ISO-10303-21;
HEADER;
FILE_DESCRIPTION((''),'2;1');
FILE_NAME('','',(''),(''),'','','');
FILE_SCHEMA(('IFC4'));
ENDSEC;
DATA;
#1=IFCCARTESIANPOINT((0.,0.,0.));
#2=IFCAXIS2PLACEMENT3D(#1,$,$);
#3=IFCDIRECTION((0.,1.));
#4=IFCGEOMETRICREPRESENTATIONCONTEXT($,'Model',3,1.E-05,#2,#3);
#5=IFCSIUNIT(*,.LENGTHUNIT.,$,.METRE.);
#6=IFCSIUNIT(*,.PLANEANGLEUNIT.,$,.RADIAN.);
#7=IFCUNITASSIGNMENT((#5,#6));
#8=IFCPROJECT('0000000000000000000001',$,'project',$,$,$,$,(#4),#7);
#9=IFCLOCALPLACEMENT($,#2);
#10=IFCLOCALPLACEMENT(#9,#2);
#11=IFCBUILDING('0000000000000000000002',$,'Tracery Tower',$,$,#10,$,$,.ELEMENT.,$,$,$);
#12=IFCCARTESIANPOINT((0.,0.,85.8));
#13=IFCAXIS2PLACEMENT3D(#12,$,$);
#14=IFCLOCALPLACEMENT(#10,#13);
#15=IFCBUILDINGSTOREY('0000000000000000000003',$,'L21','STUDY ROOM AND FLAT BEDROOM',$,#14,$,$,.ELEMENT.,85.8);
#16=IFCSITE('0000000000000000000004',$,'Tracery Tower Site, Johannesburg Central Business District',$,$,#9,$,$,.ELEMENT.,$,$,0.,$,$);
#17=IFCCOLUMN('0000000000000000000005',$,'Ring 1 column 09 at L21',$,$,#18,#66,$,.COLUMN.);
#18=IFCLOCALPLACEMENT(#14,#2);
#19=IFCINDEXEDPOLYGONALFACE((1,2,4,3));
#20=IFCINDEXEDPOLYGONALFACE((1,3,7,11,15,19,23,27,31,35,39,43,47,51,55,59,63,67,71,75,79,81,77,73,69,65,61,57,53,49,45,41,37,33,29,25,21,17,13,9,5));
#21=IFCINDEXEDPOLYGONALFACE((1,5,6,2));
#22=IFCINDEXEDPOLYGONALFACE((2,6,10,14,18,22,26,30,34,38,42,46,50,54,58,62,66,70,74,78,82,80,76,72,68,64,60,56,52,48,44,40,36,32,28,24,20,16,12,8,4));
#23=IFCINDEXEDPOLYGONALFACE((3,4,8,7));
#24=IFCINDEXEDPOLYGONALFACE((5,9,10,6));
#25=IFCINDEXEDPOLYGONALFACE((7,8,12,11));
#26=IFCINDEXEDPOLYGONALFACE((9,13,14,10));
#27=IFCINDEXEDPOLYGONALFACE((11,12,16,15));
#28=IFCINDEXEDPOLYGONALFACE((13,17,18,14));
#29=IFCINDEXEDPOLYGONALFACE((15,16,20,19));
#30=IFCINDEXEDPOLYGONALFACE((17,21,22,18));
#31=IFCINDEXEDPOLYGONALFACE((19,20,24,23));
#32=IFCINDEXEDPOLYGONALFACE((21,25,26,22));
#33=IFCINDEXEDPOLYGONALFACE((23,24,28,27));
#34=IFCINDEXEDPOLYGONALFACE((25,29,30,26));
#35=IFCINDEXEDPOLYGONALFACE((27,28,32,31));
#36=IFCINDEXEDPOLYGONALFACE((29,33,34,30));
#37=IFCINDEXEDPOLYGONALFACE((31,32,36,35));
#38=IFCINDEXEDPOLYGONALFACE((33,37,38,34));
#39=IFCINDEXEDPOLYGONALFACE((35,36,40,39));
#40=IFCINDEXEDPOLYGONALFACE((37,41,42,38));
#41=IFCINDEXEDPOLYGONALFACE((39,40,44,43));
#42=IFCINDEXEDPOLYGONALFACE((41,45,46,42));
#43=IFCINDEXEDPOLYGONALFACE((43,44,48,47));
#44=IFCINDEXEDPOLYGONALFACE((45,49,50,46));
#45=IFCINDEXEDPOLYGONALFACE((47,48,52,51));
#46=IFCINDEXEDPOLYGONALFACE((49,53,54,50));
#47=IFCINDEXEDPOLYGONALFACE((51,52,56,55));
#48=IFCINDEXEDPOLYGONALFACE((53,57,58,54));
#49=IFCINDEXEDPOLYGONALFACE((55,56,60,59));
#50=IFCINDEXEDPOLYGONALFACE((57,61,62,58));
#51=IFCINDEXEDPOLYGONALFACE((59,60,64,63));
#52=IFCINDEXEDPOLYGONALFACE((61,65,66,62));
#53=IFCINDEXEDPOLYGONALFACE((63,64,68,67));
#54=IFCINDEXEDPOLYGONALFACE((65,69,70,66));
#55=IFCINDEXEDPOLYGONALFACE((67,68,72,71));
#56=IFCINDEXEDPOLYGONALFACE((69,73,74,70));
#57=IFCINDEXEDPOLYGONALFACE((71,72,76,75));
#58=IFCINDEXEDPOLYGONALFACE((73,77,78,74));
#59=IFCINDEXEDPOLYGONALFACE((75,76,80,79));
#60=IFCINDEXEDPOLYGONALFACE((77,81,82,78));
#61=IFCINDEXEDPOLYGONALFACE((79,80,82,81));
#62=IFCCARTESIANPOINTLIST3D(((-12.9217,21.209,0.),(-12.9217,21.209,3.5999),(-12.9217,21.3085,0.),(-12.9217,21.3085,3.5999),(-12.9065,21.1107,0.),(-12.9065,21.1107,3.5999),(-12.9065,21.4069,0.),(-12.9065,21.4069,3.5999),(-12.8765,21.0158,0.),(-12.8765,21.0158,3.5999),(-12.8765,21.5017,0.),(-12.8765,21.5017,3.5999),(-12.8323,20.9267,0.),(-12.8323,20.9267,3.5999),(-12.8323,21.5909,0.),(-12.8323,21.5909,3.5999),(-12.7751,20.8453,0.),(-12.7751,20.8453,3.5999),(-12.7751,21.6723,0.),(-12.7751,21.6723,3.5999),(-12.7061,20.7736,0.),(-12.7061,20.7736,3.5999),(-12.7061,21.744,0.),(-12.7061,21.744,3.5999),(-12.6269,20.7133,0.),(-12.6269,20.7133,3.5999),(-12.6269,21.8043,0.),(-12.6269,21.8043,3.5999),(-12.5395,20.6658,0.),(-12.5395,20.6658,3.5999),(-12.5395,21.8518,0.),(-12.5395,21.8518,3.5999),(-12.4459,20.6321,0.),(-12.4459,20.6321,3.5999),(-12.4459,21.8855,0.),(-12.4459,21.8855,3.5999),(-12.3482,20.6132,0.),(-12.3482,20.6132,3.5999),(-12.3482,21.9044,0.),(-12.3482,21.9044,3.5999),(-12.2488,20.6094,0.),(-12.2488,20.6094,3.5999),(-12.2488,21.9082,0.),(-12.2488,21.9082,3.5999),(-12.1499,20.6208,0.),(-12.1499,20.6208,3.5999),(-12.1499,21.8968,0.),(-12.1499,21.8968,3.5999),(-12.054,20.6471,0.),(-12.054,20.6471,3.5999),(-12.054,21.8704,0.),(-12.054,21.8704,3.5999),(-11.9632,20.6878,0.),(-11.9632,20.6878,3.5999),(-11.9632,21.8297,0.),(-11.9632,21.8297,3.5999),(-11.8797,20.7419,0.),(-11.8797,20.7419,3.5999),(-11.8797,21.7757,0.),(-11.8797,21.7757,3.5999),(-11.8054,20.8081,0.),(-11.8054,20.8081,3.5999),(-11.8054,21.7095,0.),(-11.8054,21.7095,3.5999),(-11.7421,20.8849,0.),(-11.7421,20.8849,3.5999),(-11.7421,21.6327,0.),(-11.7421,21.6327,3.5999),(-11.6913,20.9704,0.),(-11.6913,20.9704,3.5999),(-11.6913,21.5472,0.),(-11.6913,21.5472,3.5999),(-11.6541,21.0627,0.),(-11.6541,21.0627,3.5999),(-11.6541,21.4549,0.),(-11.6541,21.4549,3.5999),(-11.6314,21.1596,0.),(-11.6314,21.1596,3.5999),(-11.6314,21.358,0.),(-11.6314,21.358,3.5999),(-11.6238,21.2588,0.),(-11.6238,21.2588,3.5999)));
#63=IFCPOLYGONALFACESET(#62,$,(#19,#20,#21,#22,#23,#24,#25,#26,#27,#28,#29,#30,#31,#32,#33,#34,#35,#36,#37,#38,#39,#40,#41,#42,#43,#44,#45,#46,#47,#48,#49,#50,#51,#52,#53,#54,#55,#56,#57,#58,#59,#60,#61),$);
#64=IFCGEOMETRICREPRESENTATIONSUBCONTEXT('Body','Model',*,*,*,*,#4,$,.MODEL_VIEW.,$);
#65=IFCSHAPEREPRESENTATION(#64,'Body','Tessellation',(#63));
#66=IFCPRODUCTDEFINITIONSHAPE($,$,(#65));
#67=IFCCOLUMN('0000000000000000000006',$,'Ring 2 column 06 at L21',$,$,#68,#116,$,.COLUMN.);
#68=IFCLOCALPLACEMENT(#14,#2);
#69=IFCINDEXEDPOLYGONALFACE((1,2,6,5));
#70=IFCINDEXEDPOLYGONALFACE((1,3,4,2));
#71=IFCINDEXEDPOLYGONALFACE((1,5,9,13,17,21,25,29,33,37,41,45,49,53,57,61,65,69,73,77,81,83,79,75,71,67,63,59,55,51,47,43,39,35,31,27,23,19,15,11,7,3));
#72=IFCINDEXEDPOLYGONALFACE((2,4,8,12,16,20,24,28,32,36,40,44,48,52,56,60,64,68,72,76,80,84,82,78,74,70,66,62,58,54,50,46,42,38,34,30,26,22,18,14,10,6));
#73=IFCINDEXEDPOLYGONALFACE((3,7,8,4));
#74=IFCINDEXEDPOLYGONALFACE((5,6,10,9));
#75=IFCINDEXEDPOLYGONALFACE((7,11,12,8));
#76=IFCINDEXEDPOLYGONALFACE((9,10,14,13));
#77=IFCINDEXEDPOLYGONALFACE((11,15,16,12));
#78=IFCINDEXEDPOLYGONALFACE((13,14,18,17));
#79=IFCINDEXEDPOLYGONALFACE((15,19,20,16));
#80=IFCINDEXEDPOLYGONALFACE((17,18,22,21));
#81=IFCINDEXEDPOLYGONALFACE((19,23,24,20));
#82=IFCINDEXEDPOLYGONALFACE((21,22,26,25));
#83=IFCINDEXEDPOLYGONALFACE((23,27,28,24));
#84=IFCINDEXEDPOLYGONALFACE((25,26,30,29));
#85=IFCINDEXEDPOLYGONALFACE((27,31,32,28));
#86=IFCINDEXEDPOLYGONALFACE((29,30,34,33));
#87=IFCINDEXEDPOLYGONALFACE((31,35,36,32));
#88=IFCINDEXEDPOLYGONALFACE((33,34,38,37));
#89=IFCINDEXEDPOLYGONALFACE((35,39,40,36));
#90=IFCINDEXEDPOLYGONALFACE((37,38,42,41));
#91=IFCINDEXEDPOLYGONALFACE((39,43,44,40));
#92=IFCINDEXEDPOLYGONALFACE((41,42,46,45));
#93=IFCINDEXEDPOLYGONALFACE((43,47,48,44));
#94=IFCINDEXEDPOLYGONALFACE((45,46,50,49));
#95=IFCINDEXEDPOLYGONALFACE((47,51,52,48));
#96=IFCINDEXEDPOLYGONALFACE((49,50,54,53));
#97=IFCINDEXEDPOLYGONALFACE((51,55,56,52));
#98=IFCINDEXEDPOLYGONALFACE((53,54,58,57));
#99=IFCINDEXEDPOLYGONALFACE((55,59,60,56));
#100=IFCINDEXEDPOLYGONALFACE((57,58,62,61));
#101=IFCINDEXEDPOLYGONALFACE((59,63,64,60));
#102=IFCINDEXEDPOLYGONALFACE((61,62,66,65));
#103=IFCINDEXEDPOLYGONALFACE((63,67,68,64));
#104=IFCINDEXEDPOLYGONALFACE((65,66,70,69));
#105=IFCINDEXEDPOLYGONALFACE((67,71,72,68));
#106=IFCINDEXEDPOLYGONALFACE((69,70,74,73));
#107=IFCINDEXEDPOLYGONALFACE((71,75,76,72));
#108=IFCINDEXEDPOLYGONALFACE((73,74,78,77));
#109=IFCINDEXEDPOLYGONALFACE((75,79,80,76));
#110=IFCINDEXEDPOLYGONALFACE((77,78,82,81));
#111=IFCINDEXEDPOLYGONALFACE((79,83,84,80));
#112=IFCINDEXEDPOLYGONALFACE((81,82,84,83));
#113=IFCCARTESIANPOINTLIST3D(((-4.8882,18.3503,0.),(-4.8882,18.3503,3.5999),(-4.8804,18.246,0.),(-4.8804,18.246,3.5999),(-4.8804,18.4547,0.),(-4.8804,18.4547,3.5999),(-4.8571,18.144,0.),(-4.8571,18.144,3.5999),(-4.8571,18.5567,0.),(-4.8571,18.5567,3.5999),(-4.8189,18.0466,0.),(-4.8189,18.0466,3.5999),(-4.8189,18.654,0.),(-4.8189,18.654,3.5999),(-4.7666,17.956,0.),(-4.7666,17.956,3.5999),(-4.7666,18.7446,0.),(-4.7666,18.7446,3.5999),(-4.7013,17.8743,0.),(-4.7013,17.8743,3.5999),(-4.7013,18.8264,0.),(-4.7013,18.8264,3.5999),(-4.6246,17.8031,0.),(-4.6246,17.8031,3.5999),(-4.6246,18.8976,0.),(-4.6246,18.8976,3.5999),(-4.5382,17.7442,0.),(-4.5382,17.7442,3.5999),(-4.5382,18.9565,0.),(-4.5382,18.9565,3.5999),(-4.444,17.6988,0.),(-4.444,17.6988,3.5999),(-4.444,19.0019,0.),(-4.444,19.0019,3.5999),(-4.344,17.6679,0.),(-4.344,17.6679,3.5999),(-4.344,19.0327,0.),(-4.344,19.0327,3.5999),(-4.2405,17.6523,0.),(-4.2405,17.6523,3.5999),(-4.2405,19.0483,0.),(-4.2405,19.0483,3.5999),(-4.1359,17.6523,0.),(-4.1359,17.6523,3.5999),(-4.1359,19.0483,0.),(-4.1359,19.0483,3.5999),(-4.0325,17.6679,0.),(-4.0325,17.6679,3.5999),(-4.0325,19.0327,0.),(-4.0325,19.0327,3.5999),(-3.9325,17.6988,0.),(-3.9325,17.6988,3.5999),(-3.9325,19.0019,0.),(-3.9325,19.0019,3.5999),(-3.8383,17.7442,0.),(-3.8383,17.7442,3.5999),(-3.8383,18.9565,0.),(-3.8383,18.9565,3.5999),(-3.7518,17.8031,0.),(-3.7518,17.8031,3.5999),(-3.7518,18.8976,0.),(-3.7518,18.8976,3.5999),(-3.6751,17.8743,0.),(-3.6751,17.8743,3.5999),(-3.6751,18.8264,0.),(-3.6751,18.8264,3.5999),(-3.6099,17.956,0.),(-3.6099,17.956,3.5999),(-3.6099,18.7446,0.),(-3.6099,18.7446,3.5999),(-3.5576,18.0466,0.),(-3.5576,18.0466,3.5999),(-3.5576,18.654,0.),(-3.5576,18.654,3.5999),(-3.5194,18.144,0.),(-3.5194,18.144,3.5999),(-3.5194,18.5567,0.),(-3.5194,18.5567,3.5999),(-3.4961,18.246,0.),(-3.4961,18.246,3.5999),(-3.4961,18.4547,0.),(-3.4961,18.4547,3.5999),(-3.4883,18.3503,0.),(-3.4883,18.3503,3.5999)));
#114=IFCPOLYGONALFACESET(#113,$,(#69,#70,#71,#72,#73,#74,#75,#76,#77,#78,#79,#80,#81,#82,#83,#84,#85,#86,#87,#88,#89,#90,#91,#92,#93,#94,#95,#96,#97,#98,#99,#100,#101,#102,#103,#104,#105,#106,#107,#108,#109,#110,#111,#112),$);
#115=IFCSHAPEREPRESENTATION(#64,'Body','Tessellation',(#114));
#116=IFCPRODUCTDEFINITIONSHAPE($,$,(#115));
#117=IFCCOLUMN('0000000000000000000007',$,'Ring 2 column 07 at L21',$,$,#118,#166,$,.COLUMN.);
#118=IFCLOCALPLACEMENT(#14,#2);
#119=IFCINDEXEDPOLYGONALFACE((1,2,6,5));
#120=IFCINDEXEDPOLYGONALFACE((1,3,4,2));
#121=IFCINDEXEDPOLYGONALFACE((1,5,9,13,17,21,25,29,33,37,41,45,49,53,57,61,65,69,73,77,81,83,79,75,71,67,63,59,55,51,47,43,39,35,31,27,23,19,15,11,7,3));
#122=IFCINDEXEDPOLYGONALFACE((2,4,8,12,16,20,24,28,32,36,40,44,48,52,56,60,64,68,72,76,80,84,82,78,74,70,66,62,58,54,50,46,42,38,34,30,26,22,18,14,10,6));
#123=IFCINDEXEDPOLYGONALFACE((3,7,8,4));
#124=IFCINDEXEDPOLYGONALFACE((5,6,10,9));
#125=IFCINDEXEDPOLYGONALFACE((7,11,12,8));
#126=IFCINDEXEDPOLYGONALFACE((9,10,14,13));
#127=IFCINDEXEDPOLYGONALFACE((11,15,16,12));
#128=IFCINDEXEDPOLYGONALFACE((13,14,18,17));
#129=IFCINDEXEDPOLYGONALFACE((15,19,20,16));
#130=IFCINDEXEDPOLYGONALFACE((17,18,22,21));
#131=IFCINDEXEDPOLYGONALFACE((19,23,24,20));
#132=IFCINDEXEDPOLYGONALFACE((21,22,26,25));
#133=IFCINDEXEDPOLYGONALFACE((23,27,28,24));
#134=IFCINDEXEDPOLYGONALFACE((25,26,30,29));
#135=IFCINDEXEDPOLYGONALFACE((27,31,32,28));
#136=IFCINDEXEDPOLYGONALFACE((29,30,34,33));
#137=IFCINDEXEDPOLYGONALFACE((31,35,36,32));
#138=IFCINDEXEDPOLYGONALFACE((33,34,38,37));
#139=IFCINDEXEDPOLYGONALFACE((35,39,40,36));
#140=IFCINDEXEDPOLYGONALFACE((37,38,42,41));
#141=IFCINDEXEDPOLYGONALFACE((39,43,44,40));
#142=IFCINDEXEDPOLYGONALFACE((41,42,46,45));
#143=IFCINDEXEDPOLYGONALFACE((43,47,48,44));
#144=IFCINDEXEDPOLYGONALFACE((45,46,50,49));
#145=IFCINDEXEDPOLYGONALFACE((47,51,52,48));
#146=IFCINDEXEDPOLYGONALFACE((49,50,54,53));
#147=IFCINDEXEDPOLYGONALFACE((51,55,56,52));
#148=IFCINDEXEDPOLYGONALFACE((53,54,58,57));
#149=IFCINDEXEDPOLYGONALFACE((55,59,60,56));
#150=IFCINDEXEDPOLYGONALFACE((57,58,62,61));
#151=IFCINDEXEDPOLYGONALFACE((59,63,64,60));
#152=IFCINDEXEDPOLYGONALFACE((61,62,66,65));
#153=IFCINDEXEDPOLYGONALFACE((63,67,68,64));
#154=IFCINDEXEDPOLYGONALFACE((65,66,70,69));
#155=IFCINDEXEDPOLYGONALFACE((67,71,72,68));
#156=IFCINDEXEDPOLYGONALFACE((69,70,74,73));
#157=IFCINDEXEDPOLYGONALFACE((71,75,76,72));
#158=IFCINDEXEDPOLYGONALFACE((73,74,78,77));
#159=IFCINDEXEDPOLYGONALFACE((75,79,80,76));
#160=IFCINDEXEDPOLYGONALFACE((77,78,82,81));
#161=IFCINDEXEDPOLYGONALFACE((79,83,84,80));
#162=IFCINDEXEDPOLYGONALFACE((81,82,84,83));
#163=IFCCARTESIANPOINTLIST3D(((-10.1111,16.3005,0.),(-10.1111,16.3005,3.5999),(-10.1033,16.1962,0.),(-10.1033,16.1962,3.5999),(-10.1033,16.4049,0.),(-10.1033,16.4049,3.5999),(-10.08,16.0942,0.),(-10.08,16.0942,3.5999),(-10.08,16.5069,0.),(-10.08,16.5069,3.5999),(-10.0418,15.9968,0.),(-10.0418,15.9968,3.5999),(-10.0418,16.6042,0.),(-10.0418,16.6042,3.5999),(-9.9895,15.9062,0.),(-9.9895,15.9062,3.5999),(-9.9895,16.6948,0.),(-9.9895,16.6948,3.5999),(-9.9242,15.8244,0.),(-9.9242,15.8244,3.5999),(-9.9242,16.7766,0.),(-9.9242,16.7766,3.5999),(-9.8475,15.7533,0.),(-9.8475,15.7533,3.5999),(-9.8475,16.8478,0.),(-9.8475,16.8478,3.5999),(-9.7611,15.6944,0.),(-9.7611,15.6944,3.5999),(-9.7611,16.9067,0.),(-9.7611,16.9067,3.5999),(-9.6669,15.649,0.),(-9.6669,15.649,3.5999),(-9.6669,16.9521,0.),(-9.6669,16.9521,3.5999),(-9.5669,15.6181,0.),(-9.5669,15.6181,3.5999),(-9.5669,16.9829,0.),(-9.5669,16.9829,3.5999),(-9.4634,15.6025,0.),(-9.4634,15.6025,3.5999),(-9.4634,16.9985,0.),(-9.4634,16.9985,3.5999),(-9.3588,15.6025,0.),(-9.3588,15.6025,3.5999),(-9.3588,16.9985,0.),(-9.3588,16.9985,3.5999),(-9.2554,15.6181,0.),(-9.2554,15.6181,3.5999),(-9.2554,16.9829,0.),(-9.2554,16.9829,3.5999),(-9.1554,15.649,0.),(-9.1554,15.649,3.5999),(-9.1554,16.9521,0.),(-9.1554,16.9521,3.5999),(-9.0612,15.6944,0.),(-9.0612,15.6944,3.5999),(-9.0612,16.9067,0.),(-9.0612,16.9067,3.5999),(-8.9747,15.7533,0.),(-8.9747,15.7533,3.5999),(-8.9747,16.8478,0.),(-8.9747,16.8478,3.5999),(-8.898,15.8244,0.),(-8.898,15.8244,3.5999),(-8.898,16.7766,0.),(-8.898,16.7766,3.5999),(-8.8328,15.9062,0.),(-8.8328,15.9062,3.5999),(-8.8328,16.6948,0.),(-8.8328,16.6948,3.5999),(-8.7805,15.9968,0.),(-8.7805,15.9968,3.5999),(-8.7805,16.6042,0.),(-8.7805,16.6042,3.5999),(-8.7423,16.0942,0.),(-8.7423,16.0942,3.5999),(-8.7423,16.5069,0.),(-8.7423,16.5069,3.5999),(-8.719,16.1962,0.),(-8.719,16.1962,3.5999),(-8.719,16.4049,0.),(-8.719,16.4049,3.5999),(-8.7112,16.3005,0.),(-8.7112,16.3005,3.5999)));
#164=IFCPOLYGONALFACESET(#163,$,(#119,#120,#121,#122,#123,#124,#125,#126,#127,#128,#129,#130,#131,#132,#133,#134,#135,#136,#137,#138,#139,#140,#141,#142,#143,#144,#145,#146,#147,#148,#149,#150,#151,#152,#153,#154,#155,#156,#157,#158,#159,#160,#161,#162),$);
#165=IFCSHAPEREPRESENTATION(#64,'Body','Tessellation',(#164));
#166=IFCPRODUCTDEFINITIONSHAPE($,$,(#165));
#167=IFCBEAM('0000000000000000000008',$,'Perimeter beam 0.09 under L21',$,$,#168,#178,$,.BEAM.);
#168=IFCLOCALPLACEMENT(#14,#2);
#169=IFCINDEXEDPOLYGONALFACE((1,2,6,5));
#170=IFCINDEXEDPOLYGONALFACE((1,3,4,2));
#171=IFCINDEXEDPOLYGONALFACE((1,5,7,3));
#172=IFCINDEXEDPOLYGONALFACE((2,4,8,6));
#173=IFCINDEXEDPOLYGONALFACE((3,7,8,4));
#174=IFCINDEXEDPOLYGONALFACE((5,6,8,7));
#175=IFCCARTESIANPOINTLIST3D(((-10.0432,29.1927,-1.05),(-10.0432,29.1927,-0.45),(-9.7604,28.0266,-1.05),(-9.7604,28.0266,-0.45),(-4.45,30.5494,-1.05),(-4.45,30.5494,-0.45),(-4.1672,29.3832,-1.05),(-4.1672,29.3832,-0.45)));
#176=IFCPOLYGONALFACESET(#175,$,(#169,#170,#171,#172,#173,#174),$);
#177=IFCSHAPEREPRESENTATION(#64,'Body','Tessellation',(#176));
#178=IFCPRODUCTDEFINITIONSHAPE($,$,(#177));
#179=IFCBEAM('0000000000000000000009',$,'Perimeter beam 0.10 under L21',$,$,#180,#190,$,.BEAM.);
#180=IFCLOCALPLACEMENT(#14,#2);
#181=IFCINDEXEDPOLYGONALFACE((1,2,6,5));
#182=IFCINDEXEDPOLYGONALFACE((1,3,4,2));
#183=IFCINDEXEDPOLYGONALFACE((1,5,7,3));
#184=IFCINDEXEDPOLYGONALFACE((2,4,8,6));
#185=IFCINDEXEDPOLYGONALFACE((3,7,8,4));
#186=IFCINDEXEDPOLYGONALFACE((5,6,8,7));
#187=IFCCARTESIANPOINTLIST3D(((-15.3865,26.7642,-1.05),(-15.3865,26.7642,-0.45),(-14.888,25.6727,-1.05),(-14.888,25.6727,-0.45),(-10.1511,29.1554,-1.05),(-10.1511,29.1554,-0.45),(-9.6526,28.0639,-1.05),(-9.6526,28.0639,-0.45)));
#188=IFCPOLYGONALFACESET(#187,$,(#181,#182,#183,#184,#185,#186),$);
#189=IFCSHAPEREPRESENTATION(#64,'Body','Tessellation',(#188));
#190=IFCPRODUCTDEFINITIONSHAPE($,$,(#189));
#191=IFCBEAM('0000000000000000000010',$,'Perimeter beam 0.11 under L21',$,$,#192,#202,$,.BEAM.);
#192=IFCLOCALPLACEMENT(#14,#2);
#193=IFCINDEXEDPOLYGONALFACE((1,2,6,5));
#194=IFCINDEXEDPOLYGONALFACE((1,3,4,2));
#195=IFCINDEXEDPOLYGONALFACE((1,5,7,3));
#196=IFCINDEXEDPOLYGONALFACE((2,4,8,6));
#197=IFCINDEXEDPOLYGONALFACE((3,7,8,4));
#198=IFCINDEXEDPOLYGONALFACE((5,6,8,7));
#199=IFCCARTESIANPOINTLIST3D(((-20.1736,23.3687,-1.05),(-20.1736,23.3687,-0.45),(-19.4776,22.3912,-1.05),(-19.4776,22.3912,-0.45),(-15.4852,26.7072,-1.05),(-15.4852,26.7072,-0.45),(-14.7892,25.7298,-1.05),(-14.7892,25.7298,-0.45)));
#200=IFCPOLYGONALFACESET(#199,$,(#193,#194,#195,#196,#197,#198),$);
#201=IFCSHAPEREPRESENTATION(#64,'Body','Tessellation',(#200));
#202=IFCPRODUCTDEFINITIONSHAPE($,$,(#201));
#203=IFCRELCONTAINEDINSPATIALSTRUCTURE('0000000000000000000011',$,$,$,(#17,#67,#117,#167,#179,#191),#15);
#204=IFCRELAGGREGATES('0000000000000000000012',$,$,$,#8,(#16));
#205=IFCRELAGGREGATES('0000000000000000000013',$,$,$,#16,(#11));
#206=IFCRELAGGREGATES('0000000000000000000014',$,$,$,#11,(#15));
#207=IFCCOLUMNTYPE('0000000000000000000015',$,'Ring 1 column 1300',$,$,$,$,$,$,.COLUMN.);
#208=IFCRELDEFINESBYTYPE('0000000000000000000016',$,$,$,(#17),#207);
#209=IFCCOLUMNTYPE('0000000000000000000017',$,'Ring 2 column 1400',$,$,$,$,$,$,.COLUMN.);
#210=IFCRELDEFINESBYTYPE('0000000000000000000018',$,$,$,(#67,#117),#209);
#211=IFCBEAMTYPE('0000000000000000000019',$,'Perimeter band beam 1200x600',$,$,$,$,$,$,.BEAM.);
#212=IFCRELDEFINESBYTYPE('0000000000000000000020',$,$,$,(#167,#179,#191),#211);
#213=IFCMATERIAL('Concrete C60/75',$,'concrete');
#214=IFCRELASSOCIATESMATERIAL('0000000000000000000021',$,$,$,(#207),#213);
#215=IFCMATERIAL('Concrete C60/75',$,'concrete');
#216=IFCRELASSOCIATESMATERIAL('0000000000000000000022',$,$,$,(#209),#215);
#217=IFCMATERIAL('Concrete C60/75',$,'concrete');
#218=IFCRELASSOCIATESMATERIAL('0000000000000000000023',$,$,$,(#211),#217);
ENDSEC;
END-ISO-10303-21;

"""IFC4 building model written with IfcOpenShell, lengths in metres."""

from ifc_helpers import new_model, si_unit, direction, frame, origin, origin_2d, place, context, subcontext, project, spatial, rectangle, circle, extrude, material, material_profile, profile_set, type_object, element, save


model = new_model("IFC4")

# Units and contexts
model_context = context("Model", 3, precision=1e-05, world=origin(), true_north=direction((0.0, 1.0)))
body_context = subcontext(model_context, "Body", "Model", "MODEL_VIEW")
ifc_project = project(units=[si_unit("LENGTHUNIT", "METRE"), si_unit("PLANEANGLEUNIT", "RADIAN")], contexts=[model_context])

# Site, building, storey
site_placement = place(None, origin())
site = spatial("IfcSite", under=ifc_project, at=site_placement, Name="Tracery Tower Site, Johannesburg Central Business District", CompositionType="ELEMENT", RefElevation=0.0)
building_placement = place(site_placement, origin())
building = spatial("IfcBuilding", under=site, at=building_placement, Name="Tracery Tower", CompositionType="ELEMENT")
storey_placement = place(building_placement, frame((0.0, 0.0, 85.8)))
storey = spatial("IfcBuildingStorey", under=building, at=storey_placement, Name="L21", Description="STUDY ROOM AND FLAT BEDROOM", CompositionType="ELEMENT", Elevation=85.8)

# Columns
ifc_material_1 = material(Name="Concrete C60/75", Category="concrete")
ifc_material_profile_1 = material_profile(ifc_material_1, circle(Radius=0.6499, at=origin_2d()), Name="RC D1300")
ifc_profile_set_1 = profile_set([ifc_material_profile_1], Name="Concrete C60/75")
column_type_1 = type_object("IfcColumnType", Name="Ring 1 column 1300", PredefinedType="COLUMN", material=ifc_profile_set_1)
for number, where, z_axis, x_axis, name in (
    (1, (-12.2737, 21.2588, 0.0), (0.0, 0.0, 1.0), (1.0, 0.0, 0.0), "Ring 1 column 09 at L21"),
):
    element("IfcColumn", number, at=place(storey_placement, frame(where, z_axis=z_axis, x_axis=x_axis)), inside=storey, type_object=column_type_1, Name=name, PredefinedType="COLUMN", context=body_context, shape_type="SweptSolid", body=[
        extrude(circle(Radius=0.6499, at=origin_2d()), origin(), (0.0, 0.0, 1.0), 3.5999),
    ])
ifc_material_2 = material(Name="Concrete C60/75", Category="concrete")
ifc_material_profile_2 = material_profile(ifc_material_2, circle(Radius=0.7, at=origin_2d()), Name="RC D1400")
ifc_profile_set_2 = profile_set([ifc_material_profile_2], Name="Concrete C60/75")
column_type_2 = type_object("IfcColumnType", Name="Ring 2 column 1400", PredefinedType="COLUMN", material=ifc_profile_set_2)
for number, where, z_axis, x_axis, name in (
    (2, (-4.1882, 18.3503, 0.0), (0.0, 0.0, 1.0), (1.0, 0.0, 0.0), "Ring 2 column 06 at L21"),
    (3, (-9.4111, 16.3005, 0.0), (0.0, 0.0, 1.0), (1.0, 0.0, 0.0), "Ring 2 column 07 at L21"),
):
    element("IfcColumn", number, at=place(storey_placement, frame(where, z_axis=z_axis, x_axis=x_axis)), inside=storey, type_object=column_type_2, Name=name, PredefinedType="COLUMN", context=body_context, shape_type="SweptSolid", body=[
        extrude(circle(Radius=0.7, at=origin_2d()), origin(), (0.0, 0.0, 1.0), 3.5999),
    ])

# Beams
ifc_material_3 = material(Name="Concrete C60/75", Category="concrete")
ifc_material_profile_3 = material_profile(ifc_material_3, rectangle(XDim=1.2, YDim=0.6001, at=origin_2d()), Name="RC 1200x600")
ifc_profile_set_3 = profile_set([ifc_material_profile_3], Name="Concrete C60/75")
beam_type = type_object("IfcBeamType", Name="Perimeter band beam 1200x600", PredefinedType="BEAM", material=ifc_profile_set_3)
beam_placement = place(storey_placement, frame((-4.3086, 29.9663, -0.75), z_axis=(-0.97182, -0.235723, 0.0), x_axis=(0.235723, -0.97182, 0.0)))
element("IfcBeam", 4, at=beam_placement, inside=storey, type_object=beam_type, Name="Perimeter beam 0.09 under L21", PredefinedType="BEAM", context=body_context, shape_type="SweptSolid", body=[
    extrude(rectangle(XDim=1.2, YDim=0.6001, at=origin_2d()), origin(), (0.0, 0.0, 1.0), 5.7554),
])
for number, where, z_axis, x_axis, name in (
    (5, (-9.9019, 28.6096, -0.75), (-0.909618, -0.415445, 0.0), (0.415445, -0.909618, 0.0), "Perimeter beam 0.10 under L21"),
    (6, (-15.1372, 26.2185, -0.75), (-0.814578, -0.580054, 0.0), (0.580054, -0.814578, 0.0), "Perimeter beam 0.11 under L21"),
):
    element("IfcBeam", number, at=place(storey_placement, frame(where, z_axis=z_axis, x_axis=x_axis)), inside=storey, type_object=beam_type, Name=name, PredefinedType="BEAM", context=body_context, shape_type="SweptSolid", body=[
        extrude(rectangle(XDim=1.2, YDim=0.6001, at=origin_2d()), origin(), (0.0, 0.0, 1.0), 5.7556),
    ])

save(model, "model.ifc")
